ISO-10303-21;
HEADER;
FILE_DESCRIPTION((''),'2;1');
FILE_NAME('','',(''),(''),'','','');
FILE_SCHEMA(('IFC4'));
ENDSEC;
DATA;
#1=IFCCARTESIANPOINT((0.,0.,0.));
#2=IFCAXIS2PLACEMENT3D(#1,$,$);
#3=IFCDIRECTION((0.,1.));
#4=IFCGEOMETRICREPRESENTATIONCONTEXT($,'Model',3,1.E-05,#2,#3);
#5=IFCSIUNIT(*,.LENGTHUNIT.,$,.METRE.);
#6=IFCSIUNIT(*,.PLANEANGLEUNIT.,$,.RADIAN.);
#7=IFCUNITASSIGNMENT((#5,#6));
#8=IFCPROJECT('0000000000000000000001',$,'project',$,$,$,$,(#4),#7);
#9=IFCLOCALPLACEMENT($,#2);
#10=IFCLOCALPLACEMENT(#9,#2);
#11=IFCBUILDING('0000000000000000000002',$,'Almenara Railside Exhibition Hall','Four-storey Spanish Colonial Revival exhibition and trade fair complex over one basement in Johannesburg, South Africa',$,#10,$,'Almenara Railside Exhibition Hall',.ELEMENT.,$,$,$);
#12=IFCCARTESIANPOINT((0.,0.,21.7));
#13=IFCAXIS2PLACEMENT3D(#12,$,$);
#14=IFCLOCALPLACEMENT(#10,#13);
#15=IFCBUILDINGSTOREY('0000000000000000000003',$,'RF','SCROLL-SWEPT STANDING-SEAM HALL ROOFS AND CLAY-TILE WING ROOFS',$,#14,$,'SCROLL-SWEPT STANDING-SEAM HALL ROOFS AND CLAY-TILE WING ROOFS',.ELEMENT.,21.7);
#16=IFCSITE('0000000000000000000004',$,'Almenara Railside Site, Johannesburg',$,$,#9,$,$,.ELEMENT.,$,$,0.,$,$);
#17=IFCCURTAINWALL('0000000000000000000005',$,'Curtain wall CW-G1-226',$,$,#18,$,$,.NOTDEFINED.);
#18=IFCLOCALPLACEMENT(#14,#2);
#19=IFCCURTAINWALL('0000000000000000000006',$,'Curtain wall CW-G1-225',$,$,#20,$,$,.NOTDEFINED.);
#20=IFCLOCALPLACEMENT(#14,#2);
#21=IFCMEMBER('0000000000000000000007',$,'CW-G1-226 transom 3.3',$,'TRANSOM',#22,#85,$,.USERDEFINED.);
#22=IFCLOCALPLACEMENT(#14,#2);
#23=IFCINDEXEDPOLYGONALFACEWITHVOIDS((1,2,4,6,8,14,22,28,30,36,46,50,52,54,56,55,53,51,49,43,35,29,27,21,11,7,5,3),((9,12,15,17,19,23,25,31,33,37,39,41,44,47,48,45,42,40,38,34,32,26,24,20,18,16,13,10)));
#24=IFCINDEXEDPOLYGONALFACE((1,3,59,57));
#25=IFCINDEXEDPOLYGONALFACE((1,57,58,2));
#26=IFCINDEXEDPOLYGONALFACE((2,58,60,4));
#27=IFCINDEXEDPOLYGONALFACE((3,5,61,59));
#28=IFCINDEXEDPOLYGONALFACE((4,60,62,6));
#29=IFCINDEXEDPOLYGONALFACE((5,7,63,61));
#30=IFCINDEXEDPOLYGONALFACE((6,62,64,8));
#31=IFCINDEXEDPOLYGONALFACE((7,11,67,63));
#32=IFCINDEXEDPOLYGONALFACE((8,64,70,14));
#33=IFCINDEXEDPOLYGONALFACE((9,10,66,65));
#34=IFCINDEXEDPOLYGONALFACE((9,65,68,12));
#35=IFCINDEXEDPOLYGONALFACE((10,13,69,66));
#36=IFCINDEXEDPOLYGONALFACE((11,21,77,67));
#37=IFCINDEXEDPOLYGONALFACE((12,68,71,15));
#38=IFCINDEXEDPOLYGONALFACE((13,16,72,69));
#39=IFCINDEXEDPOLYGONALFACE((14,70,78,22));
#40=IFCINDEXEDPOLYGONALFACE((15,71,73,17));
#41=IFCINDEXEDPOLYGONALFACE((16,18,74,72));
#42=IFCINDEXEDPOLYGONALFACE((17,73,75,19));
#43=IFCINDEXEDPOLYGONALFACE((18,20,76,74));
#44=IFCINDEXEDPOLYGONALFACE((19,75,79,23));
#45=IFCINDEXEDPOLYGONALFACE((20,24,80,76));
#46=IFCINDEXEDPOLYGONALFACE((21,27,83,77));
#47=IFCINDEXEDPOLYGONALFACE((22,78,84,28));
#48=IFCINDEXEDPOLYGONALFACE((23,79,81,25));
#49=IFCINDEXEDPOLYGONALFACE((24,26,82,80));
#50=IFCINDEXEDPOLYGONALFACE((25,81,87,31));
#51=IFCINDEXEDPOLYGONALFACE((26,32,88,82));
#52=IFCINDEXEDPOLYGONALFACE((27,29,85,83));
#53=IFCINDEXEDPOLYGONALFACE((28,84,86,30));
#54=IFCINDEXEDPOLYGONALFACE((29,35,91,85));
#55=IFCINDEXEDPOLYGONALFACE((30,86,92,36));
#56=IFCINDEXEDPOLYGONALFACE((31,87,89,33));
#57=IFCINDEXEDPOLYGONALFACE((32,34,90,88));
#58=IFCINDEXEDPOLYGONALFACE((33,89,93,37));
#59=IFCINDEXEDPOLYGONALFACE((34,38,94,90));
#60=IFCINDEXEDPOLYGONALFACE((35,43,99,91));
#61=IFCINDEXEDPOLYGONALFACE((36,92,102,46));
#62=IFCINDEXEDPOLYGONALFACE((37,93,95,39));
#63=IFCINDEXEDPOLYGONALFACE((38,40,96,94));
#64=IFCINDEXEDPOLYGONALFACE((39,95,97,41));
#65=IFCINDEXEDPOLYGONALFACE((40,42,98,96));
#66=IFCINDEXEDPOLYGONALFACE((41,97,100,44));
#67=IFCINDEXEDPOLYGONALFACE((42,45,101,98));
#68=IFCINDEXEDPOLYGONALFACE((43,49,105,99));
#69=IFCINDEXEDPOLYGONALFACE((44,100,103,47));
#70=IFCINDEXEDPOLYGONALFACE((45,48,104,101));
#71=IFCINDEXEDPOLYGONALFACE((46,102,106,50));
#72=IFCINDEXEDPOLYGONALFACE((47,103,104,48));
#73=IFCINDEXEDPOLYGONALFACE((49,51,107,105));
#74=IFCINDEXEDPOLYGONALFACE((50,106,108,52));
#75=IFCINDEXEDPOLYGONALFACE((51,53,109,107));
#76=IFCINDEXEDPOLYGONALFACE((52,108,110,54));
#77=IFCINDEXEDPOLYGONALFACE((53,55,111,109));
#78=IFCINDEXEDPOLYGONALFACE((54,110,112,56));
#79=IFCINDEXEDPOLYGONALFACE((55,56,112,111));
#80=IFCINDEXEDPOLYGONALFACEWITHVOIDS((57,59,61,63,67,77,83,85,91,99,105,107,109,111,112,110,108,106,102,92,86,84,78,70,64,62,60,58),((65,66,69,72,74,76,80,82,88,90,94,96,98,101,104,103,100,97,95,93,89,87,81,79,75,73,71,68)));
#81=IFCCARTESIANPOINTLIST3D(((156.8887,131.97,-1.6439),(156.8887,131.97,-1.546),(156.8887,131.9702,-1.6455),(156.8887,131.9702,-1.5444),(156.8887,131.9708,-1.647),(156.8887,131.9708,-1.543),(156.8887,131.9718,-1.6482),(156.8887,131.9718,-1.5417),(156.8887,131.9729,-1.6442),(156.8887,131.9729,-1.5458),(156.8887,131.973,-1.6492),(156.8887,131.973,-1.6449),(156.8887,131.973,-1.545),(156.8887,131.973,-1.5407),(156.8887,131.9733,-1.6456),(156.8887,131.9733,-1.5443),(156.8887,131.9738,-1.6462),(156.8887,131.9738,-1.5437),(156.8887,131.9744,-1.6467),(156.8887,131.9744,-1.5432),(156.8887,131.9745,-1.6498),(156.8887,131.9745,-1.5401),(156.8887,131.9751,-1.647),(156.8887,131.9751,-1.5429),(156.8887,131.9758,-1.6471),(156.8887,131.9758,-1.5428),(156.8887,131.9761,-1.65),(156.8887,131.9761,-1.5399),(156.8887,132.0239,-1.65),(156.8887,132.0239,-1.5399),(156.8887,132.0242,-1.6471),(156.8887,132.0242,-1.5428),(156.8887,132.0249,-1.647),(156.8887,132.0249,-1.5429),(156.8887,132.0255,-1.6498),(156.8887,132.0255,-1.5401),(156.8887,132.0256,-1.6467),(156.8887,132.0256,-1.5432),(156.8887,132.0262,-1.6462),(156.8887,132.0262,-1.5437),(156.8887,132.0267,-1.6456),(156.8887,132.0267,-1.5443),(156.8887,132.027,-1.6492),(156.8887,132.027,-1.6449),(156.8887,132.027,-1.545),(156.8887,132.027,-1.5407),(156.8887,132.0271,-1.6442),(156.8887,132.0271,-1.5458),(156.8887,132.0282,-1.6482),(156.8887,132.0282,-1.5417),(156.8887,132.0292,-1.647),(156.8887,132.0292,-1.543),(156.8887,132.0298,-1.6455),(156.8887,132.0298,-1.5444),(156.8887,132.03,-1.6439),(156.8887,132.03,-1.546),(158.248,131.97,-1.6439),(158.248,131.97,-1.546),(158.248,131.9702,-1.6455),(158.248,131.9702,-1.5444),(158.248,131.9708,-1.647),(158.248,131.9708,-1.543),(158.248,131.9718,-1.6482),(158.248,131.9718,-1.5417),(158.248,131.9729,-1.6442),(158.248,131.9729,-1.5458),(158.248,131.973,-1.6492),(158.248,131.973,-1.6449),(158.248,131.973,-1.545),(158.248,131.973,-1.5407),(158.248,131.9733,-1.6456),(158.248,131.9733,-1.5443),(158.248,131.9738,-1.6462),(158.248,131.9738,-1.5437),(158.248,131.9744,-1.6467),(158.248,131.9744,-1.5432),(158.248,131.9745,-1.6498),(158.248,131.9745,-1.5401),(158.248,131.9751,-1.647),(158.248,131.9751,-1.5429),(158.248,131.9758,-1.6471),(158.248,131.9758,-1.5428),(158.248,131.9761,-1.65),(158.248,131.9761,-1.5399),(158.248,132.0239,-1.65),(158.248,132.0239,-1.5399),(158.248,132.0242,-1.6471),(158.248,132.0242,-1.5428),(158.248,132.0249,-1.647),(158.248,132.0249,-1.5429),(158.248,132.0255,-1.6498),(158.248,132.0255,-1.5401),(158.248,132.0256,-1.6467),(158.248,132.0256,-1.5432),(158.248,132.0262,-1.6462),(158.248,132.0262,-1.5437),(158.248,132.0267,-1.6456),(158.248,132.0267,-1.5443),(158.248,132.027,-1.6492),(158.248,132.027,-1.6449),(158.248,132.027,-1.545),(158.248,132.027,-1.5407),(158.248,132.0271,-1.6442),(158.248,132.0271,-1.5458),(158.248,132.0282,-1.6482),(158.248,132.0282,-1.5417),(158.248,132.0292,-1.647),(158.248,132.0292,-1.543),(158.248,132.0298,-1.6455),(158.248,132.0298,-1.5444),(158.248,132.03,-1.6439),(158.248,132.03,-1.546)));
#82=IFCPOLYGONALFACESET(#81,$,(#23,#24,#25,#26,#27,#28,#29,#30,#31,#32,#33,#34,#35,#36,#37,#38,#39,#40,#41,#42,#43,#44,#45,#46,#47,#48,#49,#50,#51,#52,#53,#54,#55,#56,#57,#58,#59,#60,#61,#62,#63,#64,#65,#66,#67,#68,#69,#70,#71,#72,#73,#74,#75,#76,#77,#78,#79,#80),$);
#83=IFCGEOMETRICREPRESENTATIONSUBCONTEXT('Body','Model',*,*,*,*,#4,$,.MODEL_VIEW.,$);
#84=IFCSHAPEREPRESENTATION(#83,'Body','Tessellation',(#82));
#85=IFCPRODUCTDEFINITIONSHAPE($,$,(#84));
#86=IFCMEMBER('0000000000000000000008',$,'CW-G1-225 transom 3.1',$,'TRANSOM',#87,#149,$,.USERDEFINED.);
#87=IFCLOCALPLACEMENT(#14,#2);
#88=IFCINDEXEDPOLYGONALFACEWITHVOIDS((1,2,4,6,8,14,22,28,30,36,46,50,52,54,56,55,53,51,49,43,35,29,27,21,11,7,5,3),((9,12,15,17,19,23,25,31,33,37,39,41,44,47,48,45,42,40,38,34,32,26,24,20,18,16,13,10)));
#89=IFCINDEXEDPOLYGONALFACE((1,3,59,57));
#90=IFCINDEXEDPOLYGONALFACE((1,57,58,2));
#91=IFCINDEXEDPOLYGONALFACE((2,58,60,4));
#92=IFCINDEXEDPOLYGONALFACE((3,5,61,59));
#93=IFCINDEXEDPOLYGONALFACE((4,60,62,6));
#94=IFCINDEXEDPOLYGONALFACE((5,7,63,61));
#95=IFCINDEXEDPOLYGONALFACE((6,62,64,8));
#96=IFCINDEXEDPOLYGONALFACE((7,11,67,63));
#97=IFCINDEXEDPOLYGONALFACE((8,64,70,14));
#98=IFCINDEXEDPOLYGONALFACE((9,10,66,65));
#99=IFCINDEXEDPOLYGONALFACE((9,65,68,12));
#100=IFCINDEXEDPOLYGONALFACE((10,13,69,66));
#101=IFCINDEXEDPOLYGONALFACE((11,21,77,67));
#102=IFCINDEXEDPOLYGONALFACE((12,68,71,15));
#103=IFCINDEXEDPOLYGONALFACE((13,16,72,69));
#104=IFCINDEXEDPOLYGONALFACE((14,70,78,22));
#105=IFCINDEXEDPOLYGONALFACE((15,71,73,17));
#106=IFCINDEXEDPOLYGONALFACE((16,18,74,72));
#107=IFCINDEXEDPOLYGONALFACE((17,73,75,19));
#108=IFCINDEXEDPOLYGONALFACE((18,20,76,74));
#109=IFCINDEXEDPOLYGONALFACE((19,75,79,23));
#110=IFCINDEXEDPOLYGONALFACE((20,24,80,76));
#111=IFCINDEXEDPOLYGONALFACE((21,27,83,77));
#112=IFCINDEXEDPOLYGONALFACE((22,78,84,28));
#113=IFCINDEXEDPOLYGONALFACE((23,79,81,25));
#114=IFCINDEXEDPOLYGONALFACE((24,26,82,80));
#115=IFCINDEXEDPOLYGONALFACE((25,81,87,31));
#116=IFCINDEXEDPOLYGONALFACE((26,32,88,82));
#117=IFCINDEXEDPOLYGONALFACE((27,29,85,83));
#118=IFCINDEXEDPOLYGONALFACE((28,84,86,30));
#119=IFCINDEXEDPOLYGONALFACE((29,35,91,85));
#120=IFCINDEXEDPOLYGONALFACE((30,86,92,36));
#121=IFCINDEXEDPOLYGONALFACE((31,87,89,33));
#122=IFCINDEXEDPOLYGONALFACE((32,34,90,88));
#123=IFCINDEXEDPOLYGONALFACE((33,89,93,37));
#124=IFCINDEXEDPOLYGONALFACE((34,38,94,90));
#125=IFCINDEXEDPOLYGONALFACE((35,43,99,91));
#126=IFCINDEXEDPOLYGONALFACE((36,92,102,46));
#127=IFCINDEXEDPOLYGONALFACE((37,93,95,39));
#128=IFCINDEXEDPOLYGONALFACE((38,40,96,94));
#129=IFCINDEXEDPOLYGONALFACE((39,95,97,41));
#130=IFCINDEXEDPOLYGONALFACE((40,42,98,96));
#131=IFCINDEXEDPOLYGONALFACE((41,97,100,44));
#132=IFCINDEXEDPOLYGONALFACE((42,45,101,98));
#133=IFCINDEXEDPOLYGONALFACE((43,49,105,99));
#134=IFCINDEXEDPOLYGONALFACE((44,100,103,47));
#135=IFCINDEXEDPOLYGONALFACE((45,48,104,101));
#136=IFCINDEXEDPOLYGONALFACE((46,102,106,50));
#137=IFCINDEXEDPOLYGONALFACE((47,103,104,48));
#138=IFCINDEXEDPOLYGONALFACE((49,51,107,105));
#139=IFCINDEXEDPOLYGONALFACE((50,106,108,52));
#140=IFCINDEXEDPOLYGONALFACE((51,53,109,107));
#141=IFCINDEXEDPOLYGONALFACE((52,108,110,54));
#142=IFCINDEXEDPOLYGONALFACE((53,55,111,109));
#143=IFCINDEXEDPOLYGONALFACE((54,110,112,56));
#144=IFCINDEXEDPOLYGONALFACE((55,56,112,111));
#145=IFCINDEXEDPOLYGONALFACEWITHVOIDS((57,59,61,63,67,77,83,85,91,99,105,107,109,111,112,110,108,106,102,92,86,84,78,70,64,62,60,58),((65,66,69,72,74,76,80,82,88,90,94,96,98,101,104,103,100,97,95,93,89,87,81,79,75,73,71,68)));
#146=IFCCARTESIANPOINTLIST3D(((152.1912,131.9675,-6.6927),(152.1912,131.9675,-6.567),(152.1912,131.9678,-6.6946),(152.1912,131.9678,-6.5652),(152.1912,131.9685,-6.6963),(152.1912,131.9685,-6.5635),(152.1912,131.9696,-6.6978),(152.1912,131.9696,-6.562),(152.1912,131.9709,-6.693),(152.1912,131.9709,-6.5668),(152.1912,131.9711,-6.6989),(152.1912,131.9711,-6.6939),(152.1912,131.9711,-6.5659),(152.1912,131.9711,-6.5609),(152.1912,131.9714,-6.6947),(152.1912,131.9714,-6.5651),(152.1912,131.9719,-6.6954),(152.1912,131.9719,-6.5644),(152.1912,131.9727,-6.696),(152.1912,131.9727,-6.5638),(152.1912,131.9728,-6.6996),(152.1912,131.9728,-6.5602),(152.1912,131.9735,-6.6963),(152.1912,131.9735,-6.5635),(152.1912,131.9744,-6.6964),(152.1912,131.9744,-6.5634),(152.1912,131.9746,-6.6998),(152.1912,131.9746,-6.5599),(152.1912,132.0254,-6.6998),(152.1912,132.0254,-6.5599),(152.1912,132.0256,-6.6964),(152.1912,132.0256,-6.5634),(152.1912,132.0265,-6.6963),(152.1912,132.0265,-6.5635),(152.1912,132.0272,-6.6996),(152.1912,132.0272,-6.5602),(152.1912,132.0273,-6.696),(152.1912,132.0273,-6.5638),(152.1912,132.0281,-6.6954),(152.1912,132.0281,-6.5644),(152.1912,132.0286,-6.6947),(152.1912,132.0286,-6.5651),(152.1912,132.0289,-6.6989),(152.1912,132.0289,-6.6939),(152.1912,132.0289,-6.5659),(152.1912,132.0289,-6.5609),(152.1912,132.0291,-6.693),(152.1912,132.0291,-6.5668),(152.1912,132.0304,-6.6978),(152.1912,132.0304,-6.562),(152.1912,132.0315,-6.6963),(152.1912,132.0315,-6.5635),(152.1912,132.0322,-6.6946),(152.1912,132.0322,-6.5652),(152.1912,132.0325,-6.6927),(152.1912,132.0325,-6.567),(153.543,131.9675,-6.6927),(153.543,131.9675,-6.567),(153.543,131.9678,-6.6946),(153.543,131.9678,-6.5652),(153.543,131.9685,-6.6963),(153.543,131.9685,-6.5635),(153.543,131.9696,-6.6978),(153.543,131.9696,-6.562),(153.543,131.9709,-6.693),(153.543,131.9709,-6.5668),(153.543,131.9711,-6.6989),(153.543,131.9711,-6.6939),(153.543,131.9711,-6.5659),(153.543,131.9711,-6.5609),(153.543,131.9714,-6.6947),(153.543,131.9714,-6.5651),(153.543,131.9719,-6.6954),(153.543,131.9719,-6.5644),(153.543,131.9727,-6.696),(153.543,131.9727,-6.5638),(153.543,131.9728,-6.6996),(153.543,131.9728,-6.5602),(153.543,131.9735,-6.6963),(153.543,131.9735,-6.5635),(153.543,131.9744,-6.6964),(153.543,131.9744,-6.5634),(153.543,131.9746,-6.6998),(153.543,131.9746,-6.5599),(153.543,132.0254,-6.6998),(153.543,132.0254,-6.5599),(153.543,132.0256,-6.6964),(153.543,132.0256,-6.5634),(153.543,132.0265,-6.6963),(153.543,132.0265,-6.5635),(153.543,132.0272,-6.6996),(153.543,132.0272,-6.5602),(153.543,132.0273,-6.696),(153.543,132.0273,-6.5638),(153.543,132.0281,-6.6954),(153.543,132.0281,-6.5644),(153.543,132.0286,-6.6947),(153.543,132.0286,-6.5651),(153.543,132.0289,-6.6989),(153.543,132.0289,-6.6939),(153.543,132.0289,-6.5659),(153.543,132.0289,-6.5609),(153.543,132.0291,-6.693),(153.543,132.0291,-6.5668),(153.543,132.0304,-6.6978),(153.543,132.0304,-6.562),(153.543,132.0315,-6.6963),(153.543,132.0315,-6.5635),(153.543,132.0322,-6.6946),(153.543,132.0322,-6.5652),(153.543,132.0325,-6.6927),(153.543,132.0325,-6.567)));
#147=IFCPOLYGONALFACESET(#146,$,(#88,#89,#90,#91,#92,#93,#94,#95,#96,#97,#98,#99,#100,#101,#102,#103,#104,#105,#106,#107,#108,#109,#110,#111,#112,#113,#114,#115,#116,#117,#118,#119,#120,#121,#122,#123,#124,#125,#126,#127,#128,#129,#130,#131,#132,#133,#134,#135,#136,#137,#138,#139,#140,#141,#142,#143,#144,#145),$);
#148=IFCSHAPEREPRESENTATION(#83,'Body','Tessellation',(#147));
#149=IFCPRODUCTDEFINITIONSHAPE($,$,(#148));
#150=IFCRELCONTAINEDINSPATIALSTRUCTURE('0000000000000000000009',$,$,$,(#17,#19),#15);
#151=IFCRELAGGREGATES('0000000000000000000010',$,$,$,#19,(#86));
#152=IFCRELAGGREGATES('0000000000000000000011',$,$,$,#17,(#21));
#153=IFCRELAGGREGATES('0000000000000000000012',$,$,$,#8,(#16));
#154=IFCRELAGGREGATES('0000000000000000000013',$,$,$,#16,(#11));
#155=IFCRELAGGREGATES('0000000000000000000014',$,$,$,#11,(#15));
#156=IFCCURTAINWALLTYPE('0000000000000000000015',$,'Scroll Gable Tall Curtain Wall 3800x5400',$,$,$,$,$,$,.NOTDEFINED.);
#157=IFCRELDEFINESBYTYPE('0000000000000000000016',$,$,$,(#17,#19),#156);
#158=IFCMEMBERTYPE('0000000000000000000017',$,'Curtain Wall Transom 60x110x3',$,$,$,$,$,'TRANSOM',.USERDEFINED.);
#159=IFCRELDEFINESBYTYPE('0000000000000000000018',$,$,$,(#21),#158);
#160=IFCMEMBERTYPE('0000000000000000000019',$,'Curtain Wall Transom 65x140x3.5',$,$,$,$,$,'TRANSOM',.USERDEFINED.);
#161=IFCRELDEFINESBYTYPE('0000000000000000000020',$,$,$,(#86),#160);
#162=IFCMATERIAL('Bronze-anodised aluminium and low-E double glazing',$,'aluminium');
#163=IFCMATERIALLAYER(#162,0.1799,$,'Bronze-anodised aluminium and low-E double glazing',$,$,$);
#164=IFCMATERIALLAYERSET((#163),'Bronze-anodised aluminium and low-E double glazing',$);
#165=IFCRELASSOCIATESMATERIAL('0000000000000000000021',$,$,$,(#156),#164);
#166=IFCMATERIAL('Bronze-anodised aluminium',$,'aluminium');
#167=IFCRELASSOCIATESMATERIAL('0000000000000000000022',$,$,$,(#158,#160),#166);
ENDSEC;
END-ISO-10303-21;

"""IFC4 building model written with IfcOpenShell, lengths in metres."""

from ifc_helpers import new_model, si_unit, direction, frame, origin, origin_2d, place, context, subcontext, project, spatial, hollow_rectangle, extrude, material, layer, layer_set, material_profile, profile_set, type_object, element, aggregate, save


model = new_model("IFC4")

# Units and contexts
model_context = context("Model", 3, precision=1e-05, world=origin(), true_north=direction((0.0, 1.0)))
body_context = subcontext(model_context, "Body", "Model", "MODEL_VIEW")
ifc_project = project(units=[si_unit("LENGTHUNIT", "METRE"), si_unit("PLANEANGLEUNIT", "RADIAN")], contexts=[model_context])

# Site, building, storey
site_placement = place(None, origin())
site = spatial("IfcSite", under=ifc_project, at=site_placement, Name="Almenara Railside Site, Johannesburg", CompositionType="ELEMENT", RefElevation=0.0)
building_placement = place(site_placement, origin())
building = spatial("IfcBuilding", under=site, at=building_placement, Name="Almenara Railside Exhibition Hall", Description="Four-storey Spanish Colonial Revival exhibition and trade fair complex over one basement in Johannesburg, South Africa", LongName="Almenara Railside Exhibition Hall", CompositionType="ELEMENT")
storey_placement = place(building_placement, frame((0.0, 0.0, 21.7)))
storey = spatial("IfcBuildingStorey", under=building, at=storey_placement, Name="RF", Description="SCROLL-SWEPT STANDING-SEAM HALL ROOFS AND CLAY-TILE WING ROOFS", LongName="SCROLL-SWEPT STANDING-SEAM HALL ROOFS AND CLAY-TILE WING ROOFS", CompositionType="ELEMENT", Elevation=21.7)

# Curtain walls
ifc_material_1 = material(Name="Bronze-anodised aluminium and low-E double glazing", Category="aluminium")
ifc_layer_1 = layer(ifc_material_1, 0.1799, Name="Bronze-anodised aluminium and low-E double glazing")
ifc_layer_set_1 = layer_set([ifc_layer_1], Name="Bronze-anodised aluminium and low-E double glazing")
curtain_wall_type = type_object("IfcCurtainWallType", Name="Scroll Gable Tall Curtain Wall 3800x5400", PredefinedType="NOTDEFINED", material=ifc_layer_set_1)
ifc_material_2 = material(Name="Bronze-anodised aluminium", Category="aluminium")
curtain_wall_1_placement = place(storey_placement, origin())
curtain_wall_1 = element("IfcCurtainWall", 1, at=curtain_wall_1_placement, inside=storey, type_object=curtain_wall_type, Name="Curtain wall CW-G1-226", PredefinedType="NOTDEFINED")
curtain_wall_2_placement = place(storey_placement, origin())
curtain_wall_2 = element("IfcCurtainWall", 2, at=curtain_wall_2_placement, inside=storey, type_object=curtain_wall_type, Name="Curtain wall CW-G1-225", PredefinedType="NOTDEFINED")

# Members
ifc_material_profile_1 = material_profile(ifc_material_2, hollow_rectangle(XDim=0.0601, YDim=0.1101, WallThickness=0.0029, InnerFilletRadius=0.0029, OuterFilletRadius=0.0061, at=origin_2d()), Name="ALU-TRN 60x110x3")
ifc_profile_set_1 = profile_set([ifc_material_profile_1], Name="Bronze-anodised aluminium")
member_type_1 = type_object("IfcMemberType", Name="Curtain Wall Transom 60x110x3", ElementType="TRANSOM", PredefinedType="USERDEFINED", material=ifc_profile_set_1)
member_1_placement = place(storey_placement, frame((156.8887, 132.0, -1.595), z_axis=(1.0, 0.0, 0.0), x_axis=(0.0, 1.0, 0.0)))
member_1 = element("IfcMember", 3, at=member_1_placement, type_object=member_type_1, Name="CW-G1-226 transom 3.3", ObjectType="TRANSOM", PredefinedType="USERDEFINED", context=body_context, shape_type="SweptSolid", body=[
    extrude(hollow_rectangle(XDim=0.0601, YDim=0.1101, WallThickness=0.0029, InnerFilletRadius=0.0029, OuterFilletRadius=0.0061, at=origin_2d()), origin(), (0.0, 0.0, 1.0), 1.3594),
])
ifc_material_profile_2 = material_profile(ifc_material_2, hollow_rectangle(XDim=0.0649, YDim=0.1399, WallThickness=0.0034, InnerFilletRadius=0.0034, OuterFilletRadius=0.0071, at=origin_2d()), Name="ALU-TRN 65x140x3.5")
ifc_profile_set_2 = profile_set([ifc_material_profile_2], Name="Bronze-anodised aluminium")
member_type_2 = type_object("IfcMemberType", Name="Curtain Wall Transom 65x140x3.5", ElementType="TRANSOM", PredefinedType="USERDEFINED", material=ifc_profile_set_2)
member_2_placement = place(storey_placement, frame((152.1912, 132.0, -6.6299), z_axis=(1.0, 0.0, 0.0), x_axis=(0.0, 1.0, 0.0)))
member_2 = element("IfcMember", 4, at=member_2_placement, type_object=member_type_2, Name="CW-G1-225 transom 3.1", ObjectType="TRANSOM", PredefinedType="USERDEFINED", context=body_context, shape_type="SweptSolid", body=[
    extrude(hollow_rectangle(XDim=0.0649, YDim=0.1399, WallThickness=0.0034, InnerFilletRadius=0.0034, OuterFilletRadius=0.0071, at=origin_2d()), origin(), (0.0, 0.0, 1.0), 1.3518),
])

aggregate(curtain_wall_2, [member_2])
aggregate(curtain_wall_1, [member_1])

save(model, "model.ifc")
